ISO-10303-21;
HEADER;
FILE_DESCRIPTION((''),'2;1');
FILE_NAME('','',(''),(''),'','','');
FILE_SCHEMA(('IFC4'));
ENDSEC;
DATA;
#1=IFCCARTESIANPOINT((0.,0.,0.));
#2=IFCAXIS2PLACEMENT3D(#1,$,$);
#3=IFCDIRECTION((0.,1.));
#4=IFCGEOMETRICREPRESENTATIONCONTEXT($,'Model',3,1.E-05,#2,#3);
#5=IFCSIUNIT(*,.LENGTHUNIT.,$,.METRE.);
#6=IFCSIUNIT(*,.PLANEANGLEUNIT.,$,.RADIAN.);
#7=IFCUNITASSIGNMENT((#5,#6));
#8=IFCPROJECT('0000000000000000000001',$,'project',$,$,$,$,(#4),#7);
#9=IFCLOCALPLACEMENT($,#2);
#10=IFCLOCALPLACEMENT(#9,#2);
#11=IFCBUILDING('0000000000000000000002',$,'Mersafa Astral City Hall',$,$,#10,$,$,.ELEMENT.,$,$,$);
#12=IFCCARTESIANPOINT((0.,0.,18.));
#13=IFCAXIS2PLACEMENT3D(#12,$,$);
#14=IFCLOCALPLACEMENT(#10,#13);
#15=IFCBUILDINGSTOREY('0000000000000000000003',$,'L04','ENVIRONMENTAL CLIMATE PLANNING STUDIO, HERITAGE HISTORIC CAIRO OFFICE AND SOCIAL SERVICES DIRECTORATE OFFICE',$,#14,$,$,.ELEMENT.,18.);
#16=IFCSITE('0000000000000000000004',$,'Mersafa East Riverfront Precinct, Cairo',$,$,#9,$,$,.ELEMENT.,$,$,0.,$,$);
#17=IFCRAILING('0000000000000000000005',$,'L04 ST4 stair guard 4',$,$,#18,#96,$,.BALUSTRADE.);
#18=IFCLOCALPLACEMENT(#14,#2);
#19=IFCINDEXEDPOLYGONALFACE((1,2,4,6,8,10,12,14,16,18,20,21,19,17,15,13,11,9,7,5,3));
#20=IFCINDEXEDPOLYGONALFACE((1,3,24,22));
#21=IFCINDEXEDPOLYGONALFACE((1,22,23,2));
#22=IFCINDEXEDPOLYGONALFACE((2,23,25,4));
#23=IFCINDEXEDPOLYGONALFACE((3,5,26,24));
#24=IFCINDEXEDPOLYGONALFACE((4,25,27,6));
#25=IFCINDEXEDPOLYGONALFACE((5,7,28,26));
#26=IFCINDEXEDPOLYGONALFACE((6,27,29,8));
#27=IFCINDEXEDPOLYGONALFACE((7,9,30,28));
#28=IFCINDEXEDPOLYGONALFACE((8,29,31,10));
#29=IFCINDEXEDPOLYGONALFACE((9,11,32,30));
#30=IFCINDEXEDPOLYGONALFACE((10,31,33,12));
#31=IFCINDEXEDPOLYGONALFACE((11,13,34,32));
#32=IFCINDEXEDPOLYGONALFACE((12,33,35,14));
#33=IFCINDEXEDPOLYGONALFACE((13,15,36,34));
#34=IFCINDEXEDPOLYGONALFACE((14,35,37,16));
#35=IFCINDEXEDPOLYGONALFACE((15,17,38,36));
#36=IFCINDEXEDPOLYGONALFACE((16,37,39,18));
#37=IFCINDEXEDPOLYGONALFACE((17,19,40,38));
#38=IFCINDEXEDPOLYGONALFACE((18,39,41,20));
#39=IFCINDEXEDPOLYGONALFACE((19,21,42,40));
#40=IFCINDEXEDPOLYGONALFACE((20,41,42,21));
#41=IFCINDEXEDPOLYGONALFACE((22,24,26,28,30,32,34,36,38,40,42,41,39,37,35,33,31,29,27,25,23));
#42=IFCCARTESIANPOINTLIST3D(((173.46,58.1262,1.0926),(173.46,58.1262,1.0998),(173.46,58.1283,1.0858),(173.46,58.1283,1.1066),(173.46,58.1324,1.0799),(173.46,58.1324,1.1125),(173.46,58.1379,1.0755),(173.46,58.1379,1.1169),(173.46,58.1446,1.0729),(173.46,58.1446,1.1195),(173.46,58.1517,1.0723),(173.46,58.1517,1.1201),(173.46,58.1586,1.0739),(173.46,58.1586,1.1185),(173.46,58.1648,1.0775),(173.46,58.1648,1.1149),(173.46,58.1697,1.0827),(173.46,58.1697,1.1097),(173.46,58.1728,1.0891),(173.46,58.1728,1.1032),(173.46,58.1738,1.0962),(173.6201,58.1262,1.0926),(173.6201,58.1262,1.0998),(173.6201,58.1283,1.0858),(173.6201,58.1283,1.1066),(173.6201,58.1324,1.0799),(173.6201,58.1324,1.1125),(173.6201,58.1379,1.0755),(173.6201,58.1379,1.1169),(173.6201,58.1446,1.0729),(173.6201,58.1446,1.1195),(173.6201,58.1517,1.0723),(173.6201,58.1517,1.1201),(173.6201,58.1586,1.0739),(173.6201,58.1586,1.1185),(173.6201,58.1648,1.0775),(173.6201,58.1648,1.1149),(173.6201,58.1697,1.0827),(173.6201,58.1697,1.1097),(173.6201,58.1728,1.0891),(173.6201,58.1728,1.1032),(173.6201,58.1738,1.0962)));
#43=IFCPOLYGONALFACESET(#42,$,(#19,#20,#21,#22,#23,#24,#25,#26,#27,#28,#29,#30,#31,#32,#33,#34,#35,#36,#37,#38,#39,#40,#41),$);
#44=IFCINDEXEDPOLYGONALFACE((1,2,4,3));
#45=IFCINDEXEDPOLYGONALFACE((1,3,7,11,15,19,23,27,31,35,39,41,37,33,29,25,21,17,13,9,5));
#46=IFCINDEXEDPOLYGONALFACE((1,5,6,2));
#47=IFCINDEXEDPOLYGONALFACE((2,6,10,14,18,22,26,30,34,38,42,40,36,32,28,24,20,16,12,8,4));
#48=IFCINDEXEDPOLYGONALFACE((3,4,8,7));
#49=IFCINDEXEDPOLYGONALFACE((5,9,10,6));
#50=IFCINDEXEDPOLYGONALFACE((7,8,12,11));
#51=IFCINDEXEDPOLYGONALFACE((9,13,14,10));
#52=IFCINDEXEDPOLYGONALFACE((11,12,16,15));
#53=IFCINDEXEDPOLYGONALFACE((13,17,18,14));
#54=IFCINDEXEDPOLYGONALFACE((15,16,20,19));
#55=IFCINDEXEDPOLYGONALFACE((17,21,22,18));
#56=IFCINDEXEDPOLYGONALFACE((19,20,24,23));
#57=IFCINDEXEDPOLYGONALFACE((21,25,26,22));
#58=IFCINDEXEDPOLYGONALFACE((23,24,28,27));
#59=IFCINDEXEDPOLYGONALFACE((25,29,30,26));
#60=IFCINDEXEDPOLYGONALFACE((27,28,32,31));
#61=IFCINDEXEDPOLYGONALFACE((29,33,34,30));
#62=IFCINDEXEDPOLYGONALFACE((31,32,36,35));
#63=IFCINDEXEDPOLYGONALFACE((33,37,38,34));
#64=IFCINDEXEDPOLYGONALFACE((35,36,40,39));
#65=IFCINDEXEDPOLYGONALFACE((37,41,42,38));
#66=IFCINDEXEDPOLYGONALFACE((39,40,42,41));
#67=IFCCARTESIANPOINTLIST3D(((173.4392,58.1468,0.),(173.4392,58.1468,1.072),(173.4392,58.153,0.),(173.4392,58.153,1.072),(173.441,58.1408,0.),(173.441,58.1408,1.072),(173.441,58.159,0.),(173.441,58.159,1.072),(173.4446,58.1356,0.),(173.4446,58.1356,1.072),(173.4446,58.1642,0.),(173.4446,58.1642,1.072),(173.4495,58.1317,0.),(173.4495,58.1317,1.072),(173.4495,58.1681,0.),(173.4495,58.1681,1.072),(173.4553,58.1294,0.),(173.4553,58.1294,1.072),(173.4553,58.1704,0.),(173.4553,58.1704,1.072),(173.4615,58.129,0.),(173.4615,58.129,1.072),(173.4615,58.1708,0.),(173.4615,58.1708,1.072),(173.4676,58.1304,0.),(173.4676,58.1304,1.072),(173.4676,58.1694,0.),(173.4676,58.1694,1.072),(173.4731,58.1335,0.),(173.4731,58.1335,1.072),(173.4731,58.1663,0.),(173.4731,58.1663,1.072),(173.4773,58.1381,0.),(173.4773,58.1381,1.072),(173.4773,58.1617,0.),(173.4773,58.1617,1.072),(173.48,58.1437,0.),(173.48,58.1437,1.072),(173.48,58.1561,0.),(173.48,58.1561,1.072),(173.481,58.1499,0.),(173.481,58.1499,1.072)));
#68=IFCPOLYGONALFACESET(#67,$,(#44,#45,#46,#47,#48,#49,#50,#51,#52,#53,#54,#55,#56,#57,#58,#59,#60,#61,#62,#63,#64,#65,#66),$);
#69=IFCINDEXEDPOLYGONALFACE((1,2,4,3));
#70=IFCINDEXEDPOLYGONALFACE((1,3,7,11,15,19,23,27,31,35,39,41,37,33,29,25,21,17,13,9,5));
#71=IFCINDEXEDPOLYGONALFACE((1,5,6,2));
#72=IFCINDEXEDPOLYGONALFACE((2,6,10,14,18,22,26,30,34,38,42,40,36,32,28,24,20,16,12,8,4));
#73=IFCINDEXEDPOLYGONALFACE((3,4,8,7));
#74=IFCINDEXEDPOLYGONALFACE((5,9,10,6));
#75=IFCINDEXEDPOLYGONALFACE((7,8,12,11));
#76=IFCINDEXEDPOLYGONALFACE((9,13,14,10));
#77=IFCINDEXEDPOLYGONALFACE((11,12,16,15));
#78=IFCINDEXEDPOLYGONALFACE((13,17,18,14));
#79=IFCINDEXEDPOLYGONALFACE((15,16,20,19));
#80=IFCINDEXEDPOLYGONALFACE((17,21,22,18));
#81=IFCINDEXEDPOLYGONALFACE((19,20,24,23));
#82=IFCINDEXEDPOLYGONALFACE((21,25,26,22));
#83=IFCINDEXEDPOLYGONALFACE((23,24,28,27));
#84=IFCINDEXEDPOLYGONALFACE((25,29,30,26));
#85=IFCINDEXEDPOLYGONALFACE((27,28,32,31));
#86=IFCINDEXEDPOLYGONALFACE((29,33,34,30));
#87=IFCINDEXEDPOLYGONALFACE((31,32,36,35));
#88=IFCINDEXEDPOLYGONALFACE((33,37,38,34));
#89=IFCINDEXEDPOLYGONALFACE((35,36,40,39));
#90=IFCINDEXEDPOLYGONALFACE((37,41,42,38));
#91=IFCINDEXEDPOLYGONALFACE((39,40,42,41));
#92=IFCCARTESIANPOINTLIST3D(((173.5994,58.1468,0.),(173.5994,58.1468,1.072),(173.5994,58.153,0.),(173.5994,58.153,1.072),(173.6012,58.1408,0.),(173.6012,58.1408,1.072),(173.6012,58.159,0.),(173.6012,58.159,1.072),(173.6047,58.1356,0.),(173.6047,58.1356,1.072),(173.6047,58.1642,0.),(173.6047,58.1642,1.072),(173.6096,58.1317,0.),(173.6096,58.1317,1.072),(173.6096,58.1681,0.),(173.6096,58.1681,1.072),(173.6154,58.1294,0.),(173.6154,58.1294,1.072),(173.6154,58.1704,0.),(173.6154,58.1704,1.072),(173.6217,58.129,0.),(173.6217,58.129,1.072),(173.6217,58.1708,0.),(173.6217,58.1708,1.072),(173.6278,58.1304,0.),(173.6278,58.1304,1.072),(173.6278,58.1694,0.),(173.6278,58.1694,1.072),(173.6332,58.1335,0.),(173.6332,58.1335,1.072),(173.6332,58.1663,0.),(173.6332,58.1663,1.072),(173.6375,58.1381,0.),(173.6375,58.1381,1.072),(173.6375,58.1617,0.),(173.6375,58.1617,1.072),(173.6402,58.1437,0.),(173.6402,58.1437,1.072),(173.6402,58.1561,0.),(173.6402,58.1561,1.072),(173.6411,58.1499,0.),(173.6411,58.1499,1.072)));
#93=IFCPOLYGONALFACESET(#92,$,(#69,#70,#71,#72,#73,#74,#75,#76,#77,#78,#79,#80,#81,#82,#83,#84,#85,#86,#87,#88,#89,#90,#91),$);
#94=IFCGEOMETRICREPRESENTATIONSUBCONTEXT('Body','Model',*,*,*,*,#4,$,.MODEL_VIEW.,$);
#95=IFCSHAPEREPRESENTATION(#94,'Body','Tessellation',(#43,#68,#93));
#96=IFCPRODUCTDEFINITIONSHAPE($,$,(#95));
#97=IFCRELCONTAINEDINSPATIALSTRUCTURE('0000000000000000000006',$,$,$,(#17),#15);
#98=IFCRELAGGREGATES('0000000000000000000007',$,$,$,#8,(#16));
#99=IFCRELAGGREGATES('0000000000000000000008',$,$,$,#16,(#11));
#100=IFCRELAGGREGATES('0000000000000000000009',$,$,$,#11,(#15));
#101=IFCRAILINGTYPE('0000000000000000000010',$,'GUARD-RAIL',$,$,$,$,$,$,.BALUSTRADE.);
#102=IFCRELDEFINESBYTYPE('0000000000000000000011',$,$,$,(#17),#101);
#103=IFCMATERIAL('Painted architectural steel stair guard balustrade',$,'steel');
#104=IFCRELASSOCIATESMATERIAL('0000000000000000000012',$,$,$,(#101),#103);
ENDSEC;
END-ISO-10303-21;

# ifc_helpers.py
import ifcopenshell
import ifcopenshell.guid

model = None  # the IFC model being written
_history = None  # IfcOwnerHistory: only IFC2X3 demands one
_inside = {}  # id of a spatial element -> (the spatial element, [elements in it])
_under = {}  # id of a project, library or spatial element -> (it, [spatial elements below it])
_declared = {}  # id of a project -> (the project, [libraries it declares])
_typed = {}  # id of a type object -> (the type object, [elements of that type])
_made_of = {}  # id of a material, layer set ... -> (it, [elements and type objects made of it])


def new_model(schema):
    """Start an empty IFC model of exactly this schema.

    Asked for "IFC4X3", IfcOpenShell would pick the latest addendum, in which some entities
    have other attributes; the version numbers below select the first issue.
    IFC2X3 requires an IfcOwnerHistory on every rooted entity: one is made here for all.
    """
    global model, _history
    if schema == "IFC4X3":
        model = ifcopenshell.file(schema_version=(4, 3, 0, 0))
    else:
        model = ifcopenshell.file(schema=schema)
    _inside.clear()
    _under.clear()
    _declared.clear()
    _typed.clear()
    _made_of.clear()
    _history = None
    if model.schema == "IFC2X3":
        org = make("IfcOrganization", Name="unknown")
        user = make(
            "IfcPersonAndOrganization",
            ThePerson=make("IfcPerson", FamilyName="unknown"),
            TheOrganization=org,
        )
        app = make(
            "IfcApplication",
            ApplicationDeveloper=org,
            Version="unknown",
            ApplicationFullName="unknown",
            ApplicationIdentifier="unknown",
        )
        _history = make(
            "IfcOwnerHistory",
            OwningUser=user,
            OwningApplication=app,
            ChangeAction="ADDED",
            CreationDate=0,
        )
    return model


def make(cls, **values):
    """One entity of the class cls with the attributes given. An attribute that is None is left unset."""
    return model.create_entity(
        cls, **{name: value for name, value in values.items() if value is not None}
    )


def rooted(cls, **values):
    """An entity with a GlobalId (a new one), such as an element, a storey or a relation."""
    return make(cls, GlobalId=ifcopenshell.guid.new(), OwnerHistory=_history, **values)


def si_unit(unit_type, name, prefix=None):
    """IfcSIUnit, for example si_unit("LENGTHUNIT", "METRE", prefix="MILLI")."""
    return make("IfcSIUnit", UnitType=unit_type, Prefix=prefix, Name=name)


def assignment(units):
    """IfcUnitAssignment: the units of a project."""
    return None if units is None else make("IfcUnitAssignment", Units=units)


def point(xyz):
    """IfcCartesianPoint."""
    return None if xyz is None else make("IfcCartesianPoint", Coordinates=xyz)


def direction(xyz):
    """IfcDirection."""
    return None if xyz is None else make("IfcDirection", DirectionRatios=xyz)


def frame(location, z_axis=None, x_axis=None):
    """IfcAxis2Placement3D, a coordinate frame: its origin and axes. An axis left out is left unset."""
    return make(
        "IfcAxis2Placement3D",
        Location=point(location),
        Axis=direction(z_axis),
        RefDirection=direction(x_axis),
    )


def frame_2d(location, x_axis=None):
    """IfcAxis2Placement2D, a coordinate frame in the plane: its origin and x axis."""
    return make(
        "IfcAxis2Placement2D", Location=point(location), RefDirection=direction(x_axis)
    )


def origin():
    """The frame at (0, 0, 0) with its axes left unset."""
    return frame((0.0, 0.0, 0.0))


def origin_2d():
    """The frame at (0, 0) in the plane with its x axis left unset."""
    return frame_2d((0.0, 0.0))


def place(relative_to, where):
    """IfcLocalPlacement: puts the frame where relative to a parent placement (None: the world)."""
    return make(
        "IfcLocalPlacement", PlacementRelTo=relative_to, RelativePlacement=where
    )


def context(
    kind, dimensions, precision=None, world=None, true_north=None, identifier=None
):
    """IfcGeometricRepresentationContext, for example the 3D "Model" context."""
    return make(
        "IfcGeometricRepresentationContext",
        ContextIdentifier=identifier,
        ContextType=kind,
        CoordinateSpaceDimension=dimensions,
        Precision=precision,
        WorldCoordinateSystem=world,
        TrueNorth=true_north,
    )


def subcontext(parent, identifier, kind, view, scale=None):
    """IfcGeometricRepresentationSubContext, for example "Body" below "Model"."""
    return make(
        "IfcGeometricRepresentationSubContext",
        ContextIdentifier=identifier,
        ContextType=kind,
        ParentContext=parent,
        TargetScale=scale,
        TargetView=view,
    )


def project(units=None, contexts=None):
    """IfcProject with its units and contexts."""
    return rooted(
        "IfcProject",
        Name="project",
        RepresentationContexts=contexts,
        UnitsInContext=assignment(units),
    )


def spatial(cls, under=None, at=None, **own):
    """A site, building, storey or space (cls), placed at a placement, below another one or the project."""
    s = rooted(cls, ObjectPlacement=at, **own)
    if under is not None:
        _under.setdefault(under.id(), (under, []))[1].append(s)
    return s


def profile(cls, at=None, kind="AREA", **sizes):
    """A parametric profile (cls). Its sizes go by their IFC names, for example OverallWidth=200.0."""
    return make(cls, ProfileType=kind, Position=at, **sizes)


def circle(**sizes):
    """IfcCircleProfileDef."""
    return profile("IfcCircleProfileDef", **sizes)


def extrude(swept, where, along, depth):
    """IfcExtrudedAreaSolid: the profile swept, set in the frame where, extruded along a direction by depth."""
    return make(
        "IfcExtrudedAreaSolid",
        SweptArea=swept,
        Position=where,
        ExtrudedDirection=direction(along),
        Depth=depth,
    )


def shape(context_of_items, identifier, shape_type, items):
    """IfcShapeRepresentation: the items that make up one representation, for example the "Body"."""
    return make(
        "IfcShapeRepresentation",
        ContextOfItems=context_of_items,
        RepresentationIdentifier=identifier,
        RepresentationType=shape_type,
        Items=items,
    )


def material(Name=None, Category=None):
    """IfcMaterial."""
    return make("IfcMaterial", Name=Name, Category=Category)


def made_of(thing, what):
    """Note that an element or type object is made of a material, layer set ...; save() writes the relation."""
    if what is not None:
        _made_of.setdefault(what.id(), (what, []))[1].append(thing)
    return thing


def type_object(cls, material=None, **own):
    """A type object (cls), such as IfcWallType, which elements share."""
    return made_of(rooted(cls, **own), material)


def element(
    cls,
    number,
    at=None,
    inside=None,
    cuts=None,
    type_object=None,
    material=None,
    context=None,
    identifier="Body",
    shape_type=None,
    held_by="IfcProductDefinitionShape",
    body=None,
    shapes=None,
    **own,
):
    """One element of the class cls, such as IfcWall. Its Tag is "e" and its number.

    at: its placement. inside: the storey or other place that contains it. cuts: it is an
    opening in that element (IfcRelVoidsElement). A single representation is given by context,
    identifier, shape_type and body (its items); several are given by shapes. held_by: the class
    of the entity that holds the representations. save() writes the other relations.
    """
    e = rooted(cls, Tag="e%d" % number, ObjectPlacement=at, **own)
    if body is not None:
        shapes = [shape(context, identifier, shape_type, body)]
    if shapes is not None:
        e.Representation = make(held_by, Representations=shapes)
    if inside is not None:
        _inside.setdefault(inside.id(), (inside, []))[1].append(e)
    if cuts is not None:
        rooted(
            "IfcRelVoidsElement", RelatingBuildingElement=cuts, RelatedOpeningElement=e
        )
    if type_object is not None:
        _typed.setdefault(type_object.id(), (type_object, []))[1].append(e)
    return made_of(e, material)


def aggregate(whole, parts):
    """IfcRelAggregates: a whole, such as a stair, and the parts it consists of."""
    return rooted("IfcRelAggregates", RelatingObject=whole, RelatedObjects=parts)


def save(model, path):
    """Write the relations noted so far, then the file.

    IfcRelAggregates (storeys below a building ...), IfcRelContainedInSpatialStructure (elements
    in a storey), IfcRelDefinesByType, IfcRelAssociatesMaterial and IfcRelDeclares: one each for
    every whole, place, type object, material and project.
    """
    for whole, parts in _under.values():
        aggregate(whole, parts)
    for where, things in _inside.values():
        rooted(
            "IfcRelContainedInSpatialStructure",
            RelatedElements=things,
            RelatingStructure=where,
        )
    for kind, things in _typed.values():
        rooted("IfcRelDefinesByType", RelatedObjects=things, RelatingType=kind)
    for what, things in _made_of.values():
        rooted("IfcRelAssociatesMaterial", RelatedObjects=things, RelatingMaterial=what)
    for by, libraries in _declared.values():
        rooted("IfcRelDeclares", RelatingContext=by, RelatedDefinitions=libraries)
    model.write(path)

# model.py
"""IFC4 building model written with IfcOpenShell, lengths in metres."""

from ifc_helpers import new_model, si_unit, direction, frame, origin, origin_2d, place, context, subcontext, project, spatial, circle, extrude, material, type_object, element, save


model = new_model("IFC4")

# Units and contexts
model_context = context("Model", 3, precision=1e-05, world=origin(), true_north=direction((0.0, 1.0)))
body_context = subcontext(model_context, "Body", "Model", "MODEL_VIEW")
ifc_project = project(units=[si_unit("LENGTHUNIT", "METRE"), si_unit("PLANEANGLEUNIT", "RADIAN")], contexts=[model_context])

# Site, building, storey
site_placement = place(None, origin())
site = spatial("IfcSite", under=ifc_project, at=site_placement, Name="Mersafa East Riverfront Precinct, Cairo", CompositionType="ELEMENT", RefElevation=0.0)
building_placement = place(site_placement, origin())
building = spatial("IfcBuilding", under=site, at=building_placement, Name="Mersafa Astral City Hall", CompositionType="ELEMENT")
storey_placement = place(building_placement, frame((0.0, 0.0, 18.0)))
storey = spatial("IfcBuildingStorey", under=building, at=storey_placement, Name="L04", Description="ENVIRONMENTAL CLIMATE PLANNING STUDIO, HERITAGE HISTORIC CAIRO OFFICE AND SOCIAL SERVICES DIRECTORATE OFFICE", CompositionType="ELEMENT", Elevation=18.0)

# Railing
ifc_material_1 = material(Name="Painted architectural steel stair guard balustrade", Category="steel")
railing_type_1 = type_object("IfcRailingType", Name="GUARD-RAIL", PredefinedType="BALUSTRADE", material=ifc_material_1)
railing_1_placement = place(storey_placement, frame((173.46, 58.1499, 0.0)))
element("IfcRailing", 1, at=railing_1_placement, inside=storey, type_object=railing_type_1, Name="L04 ST4 stair guard 4", PredefinedType="BALUSTRADE", context=body_context, shape_type="SweptSolid", body=[
    extrude(circle(Radius=0.0239, at=origin_2d()), frame((0.0, 0.0, 1.0962), z_axis=(1.0, 0.0, 0.0), x_axis=(0.0, 1.0, 0.0)), (0.0, 0.0, 1.0), 0.1602),
    extrude(circle(Radius=0.021, at=origin_2d()), origin(), (0.0, 0.0, 1.0), 1.072),
    extrude(circle(Radius=0.021, at=origin_2d()), frame((0.1602, 0.0, 0.0)), (0.0, 0.0, 1.0), 1.072),
])

save(model, "model.ifc")
